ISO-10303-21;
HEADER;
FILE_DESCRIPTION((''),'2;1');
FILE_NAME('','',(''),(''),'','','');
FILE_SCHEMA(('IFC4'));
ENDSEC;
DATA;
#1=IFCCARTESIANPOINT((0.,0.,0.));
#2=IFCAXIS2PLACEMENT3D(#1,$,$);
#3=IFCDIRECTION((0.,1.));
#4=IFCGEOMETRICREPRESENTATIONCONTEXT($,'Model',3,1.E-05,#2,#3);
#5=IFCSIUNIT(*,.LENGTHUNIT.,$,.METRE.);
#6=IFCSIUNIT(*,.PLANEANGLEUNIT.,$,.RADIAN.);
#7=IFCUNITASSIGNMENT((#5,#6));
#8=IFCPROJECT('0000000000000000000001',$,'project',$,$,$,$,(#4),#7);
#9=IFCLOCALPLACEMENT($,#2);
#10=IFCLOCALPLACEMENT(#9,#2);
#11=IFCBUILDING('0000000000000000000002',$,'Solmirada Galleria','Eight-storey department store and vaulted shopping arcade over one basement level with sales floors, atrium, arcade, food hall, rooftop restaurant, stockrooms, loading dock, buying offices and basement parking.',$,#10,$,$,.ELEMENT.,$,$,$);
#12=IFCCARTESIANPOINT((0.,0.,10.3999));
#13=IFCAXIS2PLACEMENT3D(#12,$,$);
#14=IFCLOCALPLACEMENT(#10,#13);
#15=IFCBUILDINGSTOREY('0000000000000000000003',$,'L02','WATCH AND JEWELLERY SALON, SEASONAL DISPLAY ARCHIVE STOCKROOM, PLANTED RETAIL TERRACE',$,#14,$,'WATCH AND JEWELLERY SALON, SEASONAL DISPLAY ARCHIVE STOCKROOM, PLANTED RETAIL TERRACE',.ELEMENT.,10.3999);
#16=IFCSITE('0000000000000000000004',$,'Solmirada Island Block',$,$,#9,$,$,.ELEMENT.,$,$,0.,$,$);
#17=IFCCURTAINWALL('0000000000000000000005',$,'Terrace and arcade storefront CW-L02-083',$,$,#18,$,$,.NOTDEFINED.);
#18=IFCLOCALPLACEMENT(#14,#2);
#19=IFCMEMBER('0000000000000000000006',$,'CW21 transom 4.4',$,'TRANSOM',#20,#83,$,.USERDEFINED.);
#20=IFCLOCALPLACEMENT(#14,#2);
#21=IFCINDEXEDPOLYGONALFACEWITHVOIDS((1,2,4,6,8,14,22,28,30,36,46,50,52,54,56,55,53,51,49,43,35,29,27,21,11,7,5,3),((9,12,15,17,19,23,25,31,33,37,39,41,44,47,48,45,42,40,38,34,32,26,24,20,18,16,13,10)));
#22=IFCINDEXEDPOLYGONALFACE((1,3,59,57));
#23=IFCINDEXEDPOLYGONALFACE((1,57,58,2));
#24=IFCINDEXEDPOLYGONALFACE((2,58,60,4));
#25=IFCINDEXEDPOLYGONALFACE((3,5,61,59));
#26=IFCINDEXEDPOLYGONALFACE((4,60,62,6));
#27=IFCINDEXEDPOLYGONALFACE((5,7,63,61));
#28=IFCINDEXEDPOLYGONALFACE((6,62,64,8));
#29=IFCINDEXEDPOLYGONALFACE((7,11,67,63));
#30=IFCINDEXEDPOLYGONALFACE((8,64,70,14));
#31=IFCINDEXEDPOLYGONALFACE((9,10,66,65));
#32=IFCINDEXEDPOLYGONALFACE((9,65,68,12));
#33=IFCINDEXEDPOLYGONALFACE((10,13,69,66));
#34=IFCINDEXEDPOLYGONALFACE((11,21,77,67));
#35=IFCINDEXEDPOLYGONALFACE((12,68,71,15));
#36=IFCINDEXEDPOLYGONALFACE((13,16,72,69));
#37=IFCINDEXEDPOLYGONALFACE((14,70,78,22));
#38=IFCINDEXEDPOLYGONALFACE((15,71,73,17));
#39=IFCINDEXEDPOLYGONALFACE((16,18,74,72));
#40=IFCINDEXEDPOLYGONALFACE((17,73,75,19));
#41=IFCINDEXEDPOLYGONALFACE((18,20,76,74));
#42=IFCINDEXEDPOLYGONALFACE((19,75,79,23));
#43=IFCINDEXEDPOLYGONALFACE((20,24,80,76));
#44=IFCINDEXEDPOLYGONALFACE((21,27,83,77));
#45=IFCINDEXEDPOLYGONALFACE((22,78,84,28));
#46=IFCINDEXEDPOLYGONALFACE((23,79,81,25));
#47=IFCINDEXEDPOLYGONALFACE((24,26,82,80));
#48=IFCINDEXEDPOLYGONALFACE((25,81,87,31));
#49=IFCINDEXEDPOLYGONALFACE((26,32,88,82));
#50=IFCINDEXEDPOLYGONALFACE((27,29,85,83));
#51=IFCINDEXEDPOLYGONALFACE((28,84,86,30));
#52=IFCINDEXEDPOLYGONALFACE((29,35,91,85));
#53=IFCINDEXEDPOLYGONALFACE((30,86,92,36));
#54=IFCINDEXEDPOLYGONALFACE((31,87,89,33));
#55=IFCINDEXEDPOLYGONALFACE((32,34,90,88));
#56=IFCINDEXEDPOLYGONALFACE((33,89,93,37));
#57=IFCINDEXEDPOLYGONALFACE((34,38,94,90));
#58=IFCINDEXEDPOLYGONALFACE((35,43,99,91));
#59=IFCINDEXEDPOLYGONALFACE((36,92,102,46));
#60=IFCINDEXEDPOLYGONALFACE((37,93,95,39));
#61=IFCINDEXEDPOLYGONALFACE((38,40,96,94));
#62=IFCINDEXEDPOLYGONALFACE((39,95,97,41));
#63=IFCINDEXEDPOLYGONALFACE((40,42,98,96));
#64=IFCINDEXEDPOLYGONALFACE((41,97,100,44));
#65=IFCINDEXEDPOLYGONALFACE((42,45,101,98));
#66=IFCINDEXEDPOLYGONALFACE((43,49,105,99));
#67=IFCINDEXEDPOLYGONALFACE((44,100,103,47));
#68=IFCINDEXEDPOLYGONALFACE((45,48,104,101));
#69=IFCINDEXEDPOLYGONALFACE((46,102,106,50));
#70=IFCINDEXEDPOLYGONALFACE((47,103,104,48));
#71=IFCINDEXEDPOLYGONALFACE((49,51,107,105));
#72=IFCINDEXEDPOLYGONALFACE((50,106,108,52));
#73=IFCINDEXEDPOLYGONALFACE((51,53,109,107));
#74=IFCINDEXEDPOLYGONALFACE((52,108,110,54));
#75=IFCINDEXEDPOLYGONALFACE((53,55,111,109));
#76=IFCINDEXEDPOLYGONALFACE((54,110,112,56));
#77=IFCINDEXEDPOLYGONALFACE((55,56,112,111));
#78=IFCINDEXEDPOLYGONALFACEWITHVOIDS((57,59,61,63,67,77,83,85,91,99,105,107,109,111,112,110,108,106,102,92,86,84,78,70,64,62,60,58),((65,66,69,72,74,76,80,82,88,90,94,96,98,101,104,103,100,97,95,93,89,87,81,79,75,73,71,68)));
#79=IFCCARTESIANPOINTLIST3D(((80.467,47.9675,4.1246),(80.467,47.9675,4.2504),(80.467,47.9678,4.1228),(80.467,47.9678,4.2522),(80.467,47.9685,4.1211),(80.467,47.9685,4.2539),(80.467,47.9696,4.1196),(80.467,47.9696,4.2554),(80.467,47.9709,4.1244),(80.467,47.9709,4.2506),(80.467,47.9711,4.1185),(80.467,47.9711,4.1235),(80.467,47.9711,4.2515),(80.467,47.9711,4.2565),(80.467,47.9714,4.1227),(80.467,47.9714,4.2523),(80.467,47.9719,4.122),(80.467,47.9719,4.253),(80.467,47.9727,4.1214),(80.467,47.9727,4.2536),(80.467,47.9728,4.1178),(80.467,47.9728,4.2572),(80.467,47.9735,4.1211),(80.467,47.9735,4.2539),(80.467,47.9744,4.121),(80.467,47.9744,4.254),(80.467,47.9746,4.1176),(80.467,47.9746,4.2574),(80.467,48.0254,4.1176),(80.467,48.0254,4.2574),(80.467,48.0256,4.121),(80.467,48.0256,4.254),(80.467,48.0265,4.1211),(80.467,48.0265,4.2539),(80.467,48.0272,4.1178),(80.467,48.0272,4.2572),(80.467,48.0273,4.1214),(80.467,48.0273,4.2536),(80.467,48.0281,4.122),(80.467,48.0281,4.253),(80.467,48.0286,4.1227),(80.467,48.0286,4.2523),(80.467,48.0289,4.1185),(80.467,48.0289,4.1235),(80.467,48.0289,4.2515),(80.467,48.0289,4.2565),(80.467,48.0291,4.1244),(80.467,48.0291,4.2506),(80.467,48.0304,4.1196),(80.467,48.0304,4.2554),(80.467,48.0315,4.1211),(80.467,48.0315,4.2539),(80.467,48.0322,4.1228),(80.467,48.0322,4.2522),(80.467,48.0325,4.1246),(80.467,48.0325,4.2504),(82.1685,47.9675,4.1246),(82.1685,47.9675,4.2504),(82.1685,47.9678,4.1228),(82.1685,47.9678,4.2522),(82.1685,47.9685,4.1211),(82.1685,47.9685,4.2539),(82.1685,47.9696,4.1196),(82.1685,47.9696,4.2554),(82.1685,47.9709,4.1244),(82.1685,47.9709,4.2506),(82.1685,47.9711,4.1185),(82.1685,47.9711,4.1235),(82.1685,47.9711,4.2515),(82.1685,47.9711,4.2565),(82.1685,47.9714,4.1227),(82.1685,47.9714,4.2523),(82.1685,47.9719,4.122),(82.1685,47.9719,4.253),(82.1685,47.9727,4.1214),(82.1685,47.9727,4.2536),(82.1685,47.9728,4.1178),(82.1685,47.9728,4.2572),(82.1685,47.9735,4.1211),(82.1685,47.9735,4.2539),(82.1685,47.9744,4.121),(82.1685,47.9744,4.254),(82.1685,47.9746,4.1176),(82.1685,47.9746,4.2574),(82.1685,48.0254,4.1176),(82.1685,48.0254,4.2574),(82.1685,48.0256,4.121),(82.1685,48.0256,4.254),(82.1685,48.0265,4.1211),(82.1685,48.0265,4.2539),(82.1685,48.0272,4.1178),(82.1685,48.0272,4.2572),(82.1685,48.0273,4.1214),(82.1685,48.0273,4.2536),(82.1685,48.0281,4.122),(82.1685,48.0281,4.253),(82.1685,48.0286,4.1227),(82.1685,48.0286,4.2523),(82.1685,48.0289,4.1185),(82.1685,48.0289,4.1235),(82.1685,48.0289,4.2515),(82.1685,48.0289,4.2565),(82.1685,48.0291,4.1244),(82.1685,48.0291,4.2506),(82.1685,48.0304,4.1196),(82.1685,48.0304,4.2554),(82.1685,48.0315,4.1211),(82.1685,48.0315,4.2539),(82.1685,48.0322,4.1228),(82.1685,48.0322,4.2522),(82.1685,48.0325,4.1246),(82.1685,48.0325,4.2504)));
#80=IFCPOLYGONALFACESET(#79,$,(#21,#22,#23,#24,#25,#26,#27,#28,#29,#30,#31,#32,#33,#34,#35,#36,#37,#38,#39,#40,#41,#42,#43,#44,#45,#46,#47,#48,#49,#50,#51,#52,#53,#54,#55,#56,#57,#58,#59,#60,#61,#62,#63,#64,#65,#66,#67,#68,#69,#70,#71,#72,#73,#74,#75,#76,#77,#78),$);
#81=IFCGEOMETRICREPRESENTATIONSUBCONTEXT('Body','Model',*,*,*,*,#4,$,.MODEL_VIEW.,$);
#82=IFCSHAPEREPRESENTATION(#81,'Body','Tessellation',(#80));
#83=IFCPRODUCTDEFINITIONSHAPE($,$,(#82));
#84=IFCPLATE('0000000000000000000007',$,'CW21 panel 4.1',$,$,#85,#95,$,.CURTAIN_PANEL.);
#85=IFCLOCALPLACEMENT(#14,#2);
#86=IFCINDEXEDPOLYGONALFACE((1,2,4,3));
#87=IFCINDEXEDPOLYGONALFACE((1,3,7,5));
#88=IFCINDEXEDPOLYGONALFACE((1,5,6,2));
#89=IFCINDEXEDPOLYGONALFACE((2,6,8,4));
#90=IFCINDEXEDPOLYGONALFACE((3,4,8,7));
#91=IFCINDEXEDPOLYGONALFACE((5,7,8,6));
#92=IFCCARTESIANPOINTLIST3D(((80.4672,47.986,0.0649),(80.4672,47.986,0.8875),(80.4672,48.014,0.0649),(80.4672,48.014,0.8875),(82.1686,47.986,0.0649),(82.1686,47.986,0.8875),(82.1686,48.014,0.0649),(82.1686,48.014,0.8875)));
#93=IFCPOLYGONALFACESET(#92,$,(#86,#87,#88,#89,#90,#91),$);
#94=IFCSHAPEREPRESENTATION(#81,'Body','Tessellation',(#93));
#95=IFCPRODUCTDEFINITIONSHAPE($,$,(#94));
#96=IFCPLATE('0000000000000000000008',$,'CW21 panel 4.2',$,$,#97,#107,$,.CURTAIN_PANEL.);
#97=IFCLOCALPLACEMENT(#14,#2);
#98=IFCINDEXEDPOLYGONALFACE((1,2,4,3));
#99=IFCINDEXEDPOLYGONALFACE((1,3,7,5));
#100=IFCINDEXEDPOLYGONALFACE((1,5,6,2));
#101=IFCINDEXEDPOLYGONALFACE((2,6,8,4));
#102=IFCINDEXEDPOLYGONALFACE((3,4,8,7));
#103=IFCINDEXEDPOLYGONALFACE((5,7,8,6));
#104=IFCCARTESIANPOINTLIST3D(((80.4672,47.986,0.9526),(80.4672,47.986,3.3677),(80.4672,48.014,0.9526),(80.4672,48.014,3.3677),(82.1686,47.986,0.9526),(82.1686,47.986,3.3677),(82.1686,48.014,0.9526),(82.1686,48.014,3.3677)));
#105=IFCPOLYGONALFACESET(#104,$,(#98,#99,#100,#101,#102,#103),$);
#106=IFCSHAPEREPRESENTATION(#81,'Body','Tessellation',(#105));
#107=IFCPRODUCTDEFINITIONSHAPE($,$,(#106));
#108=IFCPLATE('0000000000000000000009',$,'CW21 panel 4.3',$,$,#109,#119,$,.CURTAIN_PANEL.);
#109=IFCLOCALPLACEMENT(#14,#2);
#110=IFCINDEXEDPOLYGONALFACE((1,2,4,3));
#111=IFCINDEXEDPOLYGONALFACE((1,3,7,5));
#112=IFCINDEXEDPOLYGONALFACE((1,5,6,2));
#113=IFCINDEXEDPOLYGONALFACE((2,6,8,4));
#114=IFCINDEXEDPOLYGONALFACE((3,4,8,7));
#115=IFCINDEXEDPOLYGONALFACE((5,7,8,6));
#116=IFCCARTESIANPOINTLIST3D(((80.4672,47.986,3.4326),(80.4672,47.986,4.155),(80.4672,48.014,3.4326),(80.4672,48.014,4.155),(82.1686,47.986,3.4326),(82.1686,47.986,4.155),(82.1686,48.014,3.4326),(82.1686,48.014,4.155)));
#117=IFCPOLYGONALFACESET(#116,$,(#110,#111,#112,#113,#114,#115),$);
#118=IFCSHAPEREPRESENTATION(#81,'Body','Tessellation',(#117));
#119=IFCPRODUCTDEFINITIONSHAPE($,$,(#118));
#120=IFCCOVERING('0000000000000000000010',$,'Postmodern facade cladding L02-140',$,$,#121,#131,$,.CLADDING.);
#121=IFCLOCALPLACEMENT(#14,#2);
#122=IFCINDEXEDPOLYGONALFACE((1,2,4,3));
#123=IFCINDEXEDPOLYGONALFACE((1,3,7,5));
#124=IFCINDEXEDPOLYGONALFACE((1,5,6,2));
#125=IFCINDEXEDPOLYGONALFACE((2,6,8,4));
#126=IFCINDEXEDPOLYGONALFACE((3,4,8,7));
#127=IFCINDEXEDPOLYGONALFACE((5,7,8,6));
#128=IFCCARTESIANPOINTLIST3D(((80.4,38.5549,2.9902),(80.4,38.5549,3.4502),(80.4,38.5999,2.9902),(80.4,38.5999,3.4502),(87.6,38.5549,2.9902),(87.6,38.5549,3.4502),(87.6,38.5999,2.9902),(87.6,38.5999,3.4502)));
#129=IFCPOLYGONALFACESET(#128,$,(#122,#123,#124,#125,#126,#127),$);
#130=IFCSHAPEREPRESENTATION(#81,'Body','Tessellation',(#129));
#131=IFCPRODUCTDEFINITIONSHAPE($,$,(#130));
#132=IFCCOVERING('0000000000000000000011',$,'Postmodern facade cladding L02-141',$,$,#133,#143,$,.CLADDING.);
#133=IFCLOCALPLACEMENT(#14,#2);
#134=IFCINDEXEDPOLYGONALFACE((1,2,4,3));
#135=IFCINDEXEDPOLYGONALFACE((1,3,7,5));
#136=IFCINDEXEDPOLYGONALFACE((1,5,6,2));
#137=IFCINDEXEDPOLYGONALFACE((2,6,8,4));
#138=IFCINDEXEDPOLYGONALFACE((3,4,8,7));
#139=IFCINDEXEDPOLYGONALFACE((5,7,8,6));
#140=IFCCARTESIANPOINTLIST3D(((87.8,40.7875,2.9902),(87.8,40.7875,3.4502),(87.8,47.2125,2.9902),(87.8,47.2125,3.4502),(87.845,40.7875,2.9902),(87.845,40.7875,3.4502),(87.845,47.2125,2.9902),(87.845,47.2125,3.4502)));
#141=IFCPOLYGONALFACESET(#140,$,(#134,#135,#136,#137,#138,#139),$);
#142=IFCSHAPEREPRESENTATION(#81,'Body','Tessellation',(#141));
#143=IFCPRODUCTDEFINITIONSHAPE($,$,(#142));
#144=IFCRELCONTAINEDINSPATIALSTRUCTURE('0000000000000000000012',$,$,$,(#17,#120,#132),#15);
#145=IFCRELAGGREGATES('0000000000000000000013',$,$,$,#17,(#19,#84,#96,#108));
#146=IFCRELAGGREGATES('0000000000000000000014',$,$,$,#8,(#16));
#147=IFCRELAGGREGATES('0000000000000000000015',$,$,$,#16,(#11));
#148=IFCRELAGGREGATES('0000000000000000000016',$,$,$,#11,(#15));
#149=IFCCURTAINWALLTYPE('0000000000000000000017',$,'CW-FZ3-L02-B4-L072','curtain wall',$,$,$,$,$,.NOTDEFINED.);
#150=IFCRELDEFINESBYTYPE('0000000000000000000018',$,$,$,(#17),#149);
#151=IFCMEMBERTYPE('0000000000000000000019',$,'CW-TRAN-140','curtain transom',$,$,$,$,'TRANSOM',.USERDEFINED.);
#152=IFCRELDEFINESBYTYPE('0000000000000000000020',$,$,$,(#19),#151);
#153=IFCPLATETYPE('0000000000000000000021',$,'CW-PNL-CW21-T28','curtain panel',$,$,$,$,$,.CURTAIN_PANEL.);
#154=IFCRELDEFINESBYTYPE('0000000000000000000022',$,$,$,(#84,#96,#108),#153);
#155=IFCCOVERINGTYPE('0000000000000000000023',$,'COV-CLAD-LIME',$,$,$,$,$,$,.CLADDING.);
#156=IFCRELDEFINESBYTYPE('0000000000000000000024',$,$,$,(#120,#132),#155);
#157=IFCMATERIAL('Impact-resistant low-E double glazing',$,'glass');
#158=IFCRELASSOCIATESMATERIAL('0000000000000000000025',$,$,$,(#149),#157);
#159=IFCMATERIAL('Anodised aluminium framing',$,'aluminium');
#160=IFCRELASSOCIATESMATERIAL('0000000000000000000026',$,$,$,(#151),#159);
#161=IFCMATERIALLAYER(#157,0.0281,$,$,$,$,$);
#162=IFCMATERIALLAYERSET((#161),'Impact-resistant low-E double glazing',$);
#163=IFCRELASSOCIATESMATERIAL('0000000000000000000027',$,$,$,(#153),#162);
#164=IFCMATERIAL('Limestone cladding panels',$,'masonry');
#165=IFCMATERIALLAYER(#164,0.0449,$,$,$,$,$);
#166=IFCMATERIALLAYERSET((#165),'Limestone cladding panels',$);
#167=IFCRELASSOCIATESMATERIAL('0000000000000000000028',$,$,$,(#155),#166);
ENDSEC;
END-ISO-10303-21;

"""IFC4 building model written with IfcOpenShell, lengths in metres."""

from ifc_helpers import new_model, si_unit, direction, frame, origin, origin_2d, place, context, subcontext, project, spatial, rectangle, hollow_rectangle, extrude, material, layer, layer_set, material_profile, profile_set, type_object, element, aggregate, save


model = new_model("IFC4")

# Units and contexts
model_context = context("Model", 3, precision=1e-05, world=origin(), true_north=direction((0.0, 1.0)))
body_context = subcontext(model_context, "Body", "Model", "MODEL_VIEW")
ifc_project = project(units=[si_unit("LENGTHUNIT", "METRE"), si_unit("PLANEANGLEUNIT", "RADIAN")], contexts=[model_context])

# Site, building, storey
site_placement = place(None, origin())
site = spatial("IfcSite", under=ifc_project, at=site_placement, Name="Solmirada Island Block", CompositionType="ELEMENT", RefElevation=0.0)
building_placement = place(site_placement, origin())
building = spatial("IfcBuilding", under=site, at=building_placement, Name="Solmirada Galleria", Description="Eight-storey department store and vaulted shopping arcade over one basement level with sales floors, atrium, arcade, food hall, rooftop restaurant, stockrooms, loading dock, buying offices and basement parking.", CompositionType="ELEMENT")
storey_placement = place(building_placement, frame((0.0, 0.0, 10.3999)))
storey = spatial("IfcBuildingStorey", under=building, at=storey_placement, Name="L02", Description="WATCH AND JEWELLERY SALON, SEASONAL DISPLAY ARCHIVE STOCKROOM, PLANTED RETAIL TERRACE", LongName="WATCH AND JEWELLERY SALON, SEASONAL DISPLAY ARCHIVE STOCKROOM, PLANTED RETAIL TERRACE", CompositionType="ELEMENT", Elevation=10.3999)

# Curtain wall, member, plates
ifc_material_1 = material(Name="Impact-resistant low-E double glazing", Category="glass")
curtain_wall_type = type_object("IfcCurtainWallType", Name="CW-FZ3-L02-B4-L072", Description="curtain wall", PredefinedType="NOTDEFINED", material=ifc_material_1)
curtain_wall_placement = place(storey_placement, origin())
curtain_wall = element("IfcCurtainWall", 1, at=curtain_wall_placement, inside=storey, type_object=curtain_wall_type, Name="Terrace and arcade storefront CW-L02-083", PredefinedType="NOTDEFINED")
ifc_material_2 = material(Name="Anodised aluminium framing", Category="aluminium")
ifc_material_profile_1 = material_profile(ifc_material_2, hollow_rectangle(XDim=0.0649, YDim=0.1399, WallThickness=0.0034, InnerFilletRadius=0.0034, OuterFilletRadius=0.0071, at=origin_2d()), Name="ALU-TRAN-140X65")
ifc_profile_set_1 = profile_set([ifc_material_profile_1], Name="Anodised aluminium framing")
member_type_1 = type_object("IfcMemberType", Name="CW-TRAN-140", Description="curtain transom", ElementType="TRANSOM", PredefinedType="USERDEFINED", material=ifc_profile_set_1)
member_1_placement = place(storey_placement, frame((82.1685, 48.0, 4.1875), z_axis=(-1.0, 0.0, 0.0), x_axis=(0.0, -1.0, 0.0)))
member_1 = element("IfcMember", 2, at=member_1_placement, type_object=member_type_1, Name="CW21 transom 4.4", ObjectType="TRANSOM", PredefinedType="USERDEFINED", context=body_context, shape_type="SweptSolid", body=[
    extrude(hollow_rectangle(XDim=0.0649, YDim=0.1399, WallThickness=0.0034, InnerFilletRadius=0.0034, OuterFilletRadius=0.0071, at=origin_2d()), origin(), (0.0, 0.0, 1.0), 1.7014),
])
ifc_layer_1 = layer(ifc_material_1, 0.0281)
ifc_layer_set_1 = layer_set([ifc_layer_1], Name="Impact-resistant low-E double glazing")
plate_type = type_object("IfcPlateType", Name="CW-PNL-CW21-T28", Description="curtain panel", PredefinedType="CURTAIN_PANEL", material=ifc_layer_set_1)
plate_1_placement = place(storey_placement, frame((81.3179, 48.0, 0.0649), z_axis=(0.0, 0.0, 1.0), x_axis=(-1.0, 0.0, 0.0)))
plate_1 = element("IfcPlate", 3, at=plate_1_placement, type_object=plate_type, Name="CW21 panel 4.1", PredefinedType="CURTAIN_PANEL", context=body_context, shape_type="SweptSolid", body=[
    extrude(rectangle(XDim=1.7014, YDim=0.0281, at=origin_2d()), origin(), (0.0, 0.0, 1.0), 0.8225),
])
plate_2_placement = place(storey_placement, frame((81.3179, 48.0, 0.9526), z_axis=(0.0, 0.0, 1.0), x_axis=(-1.0, 0.0, 0.0)))
plate_2 = element("IfcPlate", 4, at=plate_2_placement, type_object=plate_type, Name="CW21 panel 4.2", PredefinedType="CURTAIN_PANEL", context=body_context, shape_type="SweptSolid", body=[
    extrude(rectangle(XDim=1.7014, YDim=0.0281, at=origin_2d()), origin(), (0.0, 0.0, 1.0), 2.415),
])
plate_3_placement = place(storey_placement, frame((81.3179, 48.0, 3.4326), z_axis=(0.0, 0.0, 1.0), x_axis=(-1.0, 0.0, 0.0)))
plate_3 = element("IfcPlate", 5, at=plate_3_placement, type_object=plate_type, Name="CW21 panel 4.3", PredefinedType="CURTAIN_PANEL", context=body_context, shape_type="SweptSolid", body=[
    extrude(rectangle(XDim=1.7014, YDim=0.0281, at=origin_2d()), origin(), (0.0, 0.0, 1.0), 0.7224),
])
aggregate(curtain_wall, [member_1, plate_1, plate_2, plate_3])

# Coverings
ifc_material_3 = material(Name="Limestone cladding panels", Category="masonry")
ifc_layer_2 = layer(ifc_material_3, 0.0449)
ifc_layer_set_2 = layer_set([ifc_layer_2], Name="Limestone cladding panels")
covering_type = type_object("IfcCoveringType", Name="COV-CLAD-LIME", PredefinedType="CLADDING", material=ifc_layer_set_2)
covering_1_placement = place(storey_placement, frame((84.0, 38.5774, 2.9902), z_axis=(0.0, 0.0, 1.0), x_axis=(1.0, 0.0, 0.0)))
element("IfcCovering", 6, at=covering_1_placement, inside=storey, type_object=covering_type, Name="Postmodern facade cladding L02-140", PredefinedType="CLADDING", context=body_context, shape_type="SweptSolid", body=[
    extrude(rectangle(XDim=7.2, YDim=0.0449, at=origin_2d()), origin(), (0.0, 0.0, 1.0), 0.46),
])
covering_2_placement = place(storey_placement, frame((87.8225, 44.0, 2.9902), z_axis=(0.0, 0.0, 1.0), x_axis=(0.0, 1.0, 0.0)))
element("IfcCovering", 7, at=covering_2_placement, inside=storey, type_object=covering_type, Name="Postmodern facade cladding L02-141", PredefinedType="CLADDING", context=body_context, shape_type="SweptSolid", body=[
    extrude(rectangle(XDim=6.425, YDim=0.0449, at=origin_2d()), origin(), (0.0, 0.0, 1.0), 0.46),
])

save(model, "model.ifc")
